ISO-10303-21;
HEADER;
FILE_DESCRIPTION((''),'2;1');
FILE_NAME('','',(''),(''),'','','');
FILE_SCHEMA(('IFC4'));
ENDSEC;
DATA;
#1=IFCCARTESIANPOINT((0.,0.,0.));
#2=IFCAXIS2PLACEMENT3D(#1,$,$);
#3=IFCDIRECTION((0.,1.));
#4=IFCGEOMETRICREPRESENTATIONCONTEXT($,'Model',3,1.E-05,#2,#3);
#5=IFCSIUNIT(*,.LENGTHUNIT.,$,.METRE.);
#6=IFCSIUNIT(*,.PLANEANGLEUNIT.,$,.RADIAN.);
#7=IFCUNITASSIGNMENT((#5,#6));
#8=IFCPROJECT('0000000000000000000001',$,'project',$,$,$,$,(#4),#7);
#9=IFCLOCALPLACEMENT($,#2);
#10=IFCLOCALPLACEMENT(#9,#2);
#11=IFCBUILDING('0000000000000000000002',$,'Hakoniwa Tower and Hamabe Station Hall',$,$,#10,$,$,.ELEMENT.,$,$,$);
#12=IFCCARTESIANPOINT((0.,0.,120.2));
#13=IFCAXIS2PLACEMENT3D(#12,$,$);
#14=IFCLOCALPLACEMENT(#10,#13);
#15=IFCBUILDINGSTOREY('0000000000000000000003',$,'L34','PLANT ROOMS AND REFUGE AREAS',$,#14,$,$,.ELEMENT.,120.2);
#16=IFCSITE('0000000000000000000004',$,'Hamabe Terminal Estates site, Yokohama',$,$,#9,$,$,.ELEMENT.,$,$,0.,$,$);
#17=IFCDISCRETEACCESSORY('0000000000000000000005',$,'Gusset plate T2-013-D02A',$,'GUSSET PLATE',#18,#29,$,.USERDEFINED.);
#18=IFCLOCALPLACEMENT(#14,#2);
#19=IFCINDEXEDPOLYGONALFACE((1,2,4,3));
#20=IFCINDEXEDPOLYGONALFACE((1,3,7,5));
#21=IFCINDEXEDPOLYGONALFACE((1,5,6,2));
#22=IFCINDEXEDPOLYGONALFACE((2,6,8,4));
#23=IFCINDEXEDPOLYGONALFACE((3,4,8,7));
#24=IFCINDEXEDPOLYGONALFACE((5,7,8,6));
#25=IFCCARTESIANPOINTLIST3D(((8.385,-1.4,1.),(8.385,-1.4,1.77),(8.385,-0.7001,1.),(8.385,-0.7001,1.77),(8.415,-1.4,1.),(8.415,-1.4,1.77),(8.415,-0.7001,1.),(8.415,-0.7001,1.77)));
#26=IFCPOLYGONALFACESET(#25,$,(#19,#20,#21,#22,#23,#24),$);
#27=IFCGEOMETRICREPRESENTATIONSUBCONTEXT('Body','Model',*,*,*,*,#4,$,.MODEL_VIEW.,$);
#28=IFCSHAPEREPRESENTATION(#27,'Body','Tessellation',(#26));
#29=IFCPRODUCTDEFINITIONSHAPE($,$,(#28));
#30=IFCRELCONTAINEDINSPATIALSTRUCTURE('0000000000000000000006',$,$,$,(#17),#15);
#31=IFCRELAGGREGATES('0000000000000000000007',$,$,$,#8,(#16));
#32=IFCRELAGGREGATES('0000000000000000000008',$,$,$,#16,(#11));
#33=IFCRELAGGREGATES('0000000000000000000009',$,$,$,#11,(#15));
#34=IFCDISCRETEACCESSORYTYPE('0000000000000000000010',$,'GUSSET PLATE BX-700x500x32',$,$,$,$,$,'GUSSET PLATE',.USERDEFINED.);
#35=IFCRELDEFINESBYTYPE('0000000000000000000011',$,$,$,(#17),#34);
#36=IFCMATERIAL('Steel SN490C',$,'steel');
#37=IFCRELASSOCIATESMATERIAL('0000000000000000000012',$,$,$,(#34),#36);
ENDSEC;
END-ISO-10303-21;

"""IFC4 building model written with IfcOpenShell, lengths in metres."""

from ifc_helpers import new_model, si_unit, direction, frame, origin, origin_2d, place, context, subcontext, project, spatial, rectangle, extrude, material, material_profile, profile_set, type_object, element, save


model = new_model("IFC4")

# Units and contexts
model_context = context("Model", 3, precision=1e-05, world=origin(), true_north=direction((0.0, 1.0)))
body_context = subcontext(model_context, "Body", "Model", "MODEL_VIEW")
ifc_project = project(units=[si_unit("LENGTHUNIT", "METRE"), si_unit("PLANEANGLEUNIT", "RADIAN")], contexts=[model_context])

# Site, building, storey
site_placement = place(None, origin())
site = spatial("IfcSite", under=ifc_project, at=site_placement, Name="Hamabe Terminal Estates site, Yokohama", CompositionType="ELEMENT", RefElevation=0.0)
building_placement = place(site_placement, origin())
building = spatial("IfcBuilding", under=site, at=building_placement, Name="Hakoniwa Tower and Hamabe Station Hall", CompositionType="ELEMENT")
storey_placement = place(building_placement, frame((0.0, 0.0, 120.2)))
storey = spatial("IfcBuildingStorey", under=building, at=storey_placement, Name="L34", Description="PLANT ROOMS AND REFUGE AREAS", CompositionType="ELEMENT", Elevation=120.2)

# Discrete accessory
ifc_material_1 = material(Name="Steel SN490C", Category="steel")
ifc_material_profile_1 = material_profile(ifc_material_1, rectangle(XDim=0.7, YDim=0.77, at=origin_2d()), Name="GUSSET PLATE BX-700x500x32")
ifc_profile_set_1 = profile_set([ifc_material_profile_1], Name="Steel SN490C")
discrete_accessory_type = type_object("IfcDiscreteAccessoryType", Name="GUSSET PLATE BX-700x500x32", ElementType="GUSSET PLATE", PredefinedType="USERDEFINED", material=ifc_profile_set_1)
discrete_accessory_placement = place(storey_placement, frame((8.415, -1.05, 1.385), z_axis=(-1.0, 0.0, 0.0), x_axis=(0.0, -1.0, 0.0)))
element("IfcDiscreteAccessory", 1, at=discrete_accessory_placement, inside=storey, type_object=discrete_accessory_type, Name="Gusset plate T2-013-D02A", ObjectType="GUSSET PLATE", PredefinedType="USERDEFINED", context=body_context, shape_type="SweptSolid", body=[
    extrude(rectangle(XDim=0.7, YDim=0.77, at=origin_2d()), origin(), (0.0, 0.0, 1.0), 0.03),
])

save(model, "model.ifc")
